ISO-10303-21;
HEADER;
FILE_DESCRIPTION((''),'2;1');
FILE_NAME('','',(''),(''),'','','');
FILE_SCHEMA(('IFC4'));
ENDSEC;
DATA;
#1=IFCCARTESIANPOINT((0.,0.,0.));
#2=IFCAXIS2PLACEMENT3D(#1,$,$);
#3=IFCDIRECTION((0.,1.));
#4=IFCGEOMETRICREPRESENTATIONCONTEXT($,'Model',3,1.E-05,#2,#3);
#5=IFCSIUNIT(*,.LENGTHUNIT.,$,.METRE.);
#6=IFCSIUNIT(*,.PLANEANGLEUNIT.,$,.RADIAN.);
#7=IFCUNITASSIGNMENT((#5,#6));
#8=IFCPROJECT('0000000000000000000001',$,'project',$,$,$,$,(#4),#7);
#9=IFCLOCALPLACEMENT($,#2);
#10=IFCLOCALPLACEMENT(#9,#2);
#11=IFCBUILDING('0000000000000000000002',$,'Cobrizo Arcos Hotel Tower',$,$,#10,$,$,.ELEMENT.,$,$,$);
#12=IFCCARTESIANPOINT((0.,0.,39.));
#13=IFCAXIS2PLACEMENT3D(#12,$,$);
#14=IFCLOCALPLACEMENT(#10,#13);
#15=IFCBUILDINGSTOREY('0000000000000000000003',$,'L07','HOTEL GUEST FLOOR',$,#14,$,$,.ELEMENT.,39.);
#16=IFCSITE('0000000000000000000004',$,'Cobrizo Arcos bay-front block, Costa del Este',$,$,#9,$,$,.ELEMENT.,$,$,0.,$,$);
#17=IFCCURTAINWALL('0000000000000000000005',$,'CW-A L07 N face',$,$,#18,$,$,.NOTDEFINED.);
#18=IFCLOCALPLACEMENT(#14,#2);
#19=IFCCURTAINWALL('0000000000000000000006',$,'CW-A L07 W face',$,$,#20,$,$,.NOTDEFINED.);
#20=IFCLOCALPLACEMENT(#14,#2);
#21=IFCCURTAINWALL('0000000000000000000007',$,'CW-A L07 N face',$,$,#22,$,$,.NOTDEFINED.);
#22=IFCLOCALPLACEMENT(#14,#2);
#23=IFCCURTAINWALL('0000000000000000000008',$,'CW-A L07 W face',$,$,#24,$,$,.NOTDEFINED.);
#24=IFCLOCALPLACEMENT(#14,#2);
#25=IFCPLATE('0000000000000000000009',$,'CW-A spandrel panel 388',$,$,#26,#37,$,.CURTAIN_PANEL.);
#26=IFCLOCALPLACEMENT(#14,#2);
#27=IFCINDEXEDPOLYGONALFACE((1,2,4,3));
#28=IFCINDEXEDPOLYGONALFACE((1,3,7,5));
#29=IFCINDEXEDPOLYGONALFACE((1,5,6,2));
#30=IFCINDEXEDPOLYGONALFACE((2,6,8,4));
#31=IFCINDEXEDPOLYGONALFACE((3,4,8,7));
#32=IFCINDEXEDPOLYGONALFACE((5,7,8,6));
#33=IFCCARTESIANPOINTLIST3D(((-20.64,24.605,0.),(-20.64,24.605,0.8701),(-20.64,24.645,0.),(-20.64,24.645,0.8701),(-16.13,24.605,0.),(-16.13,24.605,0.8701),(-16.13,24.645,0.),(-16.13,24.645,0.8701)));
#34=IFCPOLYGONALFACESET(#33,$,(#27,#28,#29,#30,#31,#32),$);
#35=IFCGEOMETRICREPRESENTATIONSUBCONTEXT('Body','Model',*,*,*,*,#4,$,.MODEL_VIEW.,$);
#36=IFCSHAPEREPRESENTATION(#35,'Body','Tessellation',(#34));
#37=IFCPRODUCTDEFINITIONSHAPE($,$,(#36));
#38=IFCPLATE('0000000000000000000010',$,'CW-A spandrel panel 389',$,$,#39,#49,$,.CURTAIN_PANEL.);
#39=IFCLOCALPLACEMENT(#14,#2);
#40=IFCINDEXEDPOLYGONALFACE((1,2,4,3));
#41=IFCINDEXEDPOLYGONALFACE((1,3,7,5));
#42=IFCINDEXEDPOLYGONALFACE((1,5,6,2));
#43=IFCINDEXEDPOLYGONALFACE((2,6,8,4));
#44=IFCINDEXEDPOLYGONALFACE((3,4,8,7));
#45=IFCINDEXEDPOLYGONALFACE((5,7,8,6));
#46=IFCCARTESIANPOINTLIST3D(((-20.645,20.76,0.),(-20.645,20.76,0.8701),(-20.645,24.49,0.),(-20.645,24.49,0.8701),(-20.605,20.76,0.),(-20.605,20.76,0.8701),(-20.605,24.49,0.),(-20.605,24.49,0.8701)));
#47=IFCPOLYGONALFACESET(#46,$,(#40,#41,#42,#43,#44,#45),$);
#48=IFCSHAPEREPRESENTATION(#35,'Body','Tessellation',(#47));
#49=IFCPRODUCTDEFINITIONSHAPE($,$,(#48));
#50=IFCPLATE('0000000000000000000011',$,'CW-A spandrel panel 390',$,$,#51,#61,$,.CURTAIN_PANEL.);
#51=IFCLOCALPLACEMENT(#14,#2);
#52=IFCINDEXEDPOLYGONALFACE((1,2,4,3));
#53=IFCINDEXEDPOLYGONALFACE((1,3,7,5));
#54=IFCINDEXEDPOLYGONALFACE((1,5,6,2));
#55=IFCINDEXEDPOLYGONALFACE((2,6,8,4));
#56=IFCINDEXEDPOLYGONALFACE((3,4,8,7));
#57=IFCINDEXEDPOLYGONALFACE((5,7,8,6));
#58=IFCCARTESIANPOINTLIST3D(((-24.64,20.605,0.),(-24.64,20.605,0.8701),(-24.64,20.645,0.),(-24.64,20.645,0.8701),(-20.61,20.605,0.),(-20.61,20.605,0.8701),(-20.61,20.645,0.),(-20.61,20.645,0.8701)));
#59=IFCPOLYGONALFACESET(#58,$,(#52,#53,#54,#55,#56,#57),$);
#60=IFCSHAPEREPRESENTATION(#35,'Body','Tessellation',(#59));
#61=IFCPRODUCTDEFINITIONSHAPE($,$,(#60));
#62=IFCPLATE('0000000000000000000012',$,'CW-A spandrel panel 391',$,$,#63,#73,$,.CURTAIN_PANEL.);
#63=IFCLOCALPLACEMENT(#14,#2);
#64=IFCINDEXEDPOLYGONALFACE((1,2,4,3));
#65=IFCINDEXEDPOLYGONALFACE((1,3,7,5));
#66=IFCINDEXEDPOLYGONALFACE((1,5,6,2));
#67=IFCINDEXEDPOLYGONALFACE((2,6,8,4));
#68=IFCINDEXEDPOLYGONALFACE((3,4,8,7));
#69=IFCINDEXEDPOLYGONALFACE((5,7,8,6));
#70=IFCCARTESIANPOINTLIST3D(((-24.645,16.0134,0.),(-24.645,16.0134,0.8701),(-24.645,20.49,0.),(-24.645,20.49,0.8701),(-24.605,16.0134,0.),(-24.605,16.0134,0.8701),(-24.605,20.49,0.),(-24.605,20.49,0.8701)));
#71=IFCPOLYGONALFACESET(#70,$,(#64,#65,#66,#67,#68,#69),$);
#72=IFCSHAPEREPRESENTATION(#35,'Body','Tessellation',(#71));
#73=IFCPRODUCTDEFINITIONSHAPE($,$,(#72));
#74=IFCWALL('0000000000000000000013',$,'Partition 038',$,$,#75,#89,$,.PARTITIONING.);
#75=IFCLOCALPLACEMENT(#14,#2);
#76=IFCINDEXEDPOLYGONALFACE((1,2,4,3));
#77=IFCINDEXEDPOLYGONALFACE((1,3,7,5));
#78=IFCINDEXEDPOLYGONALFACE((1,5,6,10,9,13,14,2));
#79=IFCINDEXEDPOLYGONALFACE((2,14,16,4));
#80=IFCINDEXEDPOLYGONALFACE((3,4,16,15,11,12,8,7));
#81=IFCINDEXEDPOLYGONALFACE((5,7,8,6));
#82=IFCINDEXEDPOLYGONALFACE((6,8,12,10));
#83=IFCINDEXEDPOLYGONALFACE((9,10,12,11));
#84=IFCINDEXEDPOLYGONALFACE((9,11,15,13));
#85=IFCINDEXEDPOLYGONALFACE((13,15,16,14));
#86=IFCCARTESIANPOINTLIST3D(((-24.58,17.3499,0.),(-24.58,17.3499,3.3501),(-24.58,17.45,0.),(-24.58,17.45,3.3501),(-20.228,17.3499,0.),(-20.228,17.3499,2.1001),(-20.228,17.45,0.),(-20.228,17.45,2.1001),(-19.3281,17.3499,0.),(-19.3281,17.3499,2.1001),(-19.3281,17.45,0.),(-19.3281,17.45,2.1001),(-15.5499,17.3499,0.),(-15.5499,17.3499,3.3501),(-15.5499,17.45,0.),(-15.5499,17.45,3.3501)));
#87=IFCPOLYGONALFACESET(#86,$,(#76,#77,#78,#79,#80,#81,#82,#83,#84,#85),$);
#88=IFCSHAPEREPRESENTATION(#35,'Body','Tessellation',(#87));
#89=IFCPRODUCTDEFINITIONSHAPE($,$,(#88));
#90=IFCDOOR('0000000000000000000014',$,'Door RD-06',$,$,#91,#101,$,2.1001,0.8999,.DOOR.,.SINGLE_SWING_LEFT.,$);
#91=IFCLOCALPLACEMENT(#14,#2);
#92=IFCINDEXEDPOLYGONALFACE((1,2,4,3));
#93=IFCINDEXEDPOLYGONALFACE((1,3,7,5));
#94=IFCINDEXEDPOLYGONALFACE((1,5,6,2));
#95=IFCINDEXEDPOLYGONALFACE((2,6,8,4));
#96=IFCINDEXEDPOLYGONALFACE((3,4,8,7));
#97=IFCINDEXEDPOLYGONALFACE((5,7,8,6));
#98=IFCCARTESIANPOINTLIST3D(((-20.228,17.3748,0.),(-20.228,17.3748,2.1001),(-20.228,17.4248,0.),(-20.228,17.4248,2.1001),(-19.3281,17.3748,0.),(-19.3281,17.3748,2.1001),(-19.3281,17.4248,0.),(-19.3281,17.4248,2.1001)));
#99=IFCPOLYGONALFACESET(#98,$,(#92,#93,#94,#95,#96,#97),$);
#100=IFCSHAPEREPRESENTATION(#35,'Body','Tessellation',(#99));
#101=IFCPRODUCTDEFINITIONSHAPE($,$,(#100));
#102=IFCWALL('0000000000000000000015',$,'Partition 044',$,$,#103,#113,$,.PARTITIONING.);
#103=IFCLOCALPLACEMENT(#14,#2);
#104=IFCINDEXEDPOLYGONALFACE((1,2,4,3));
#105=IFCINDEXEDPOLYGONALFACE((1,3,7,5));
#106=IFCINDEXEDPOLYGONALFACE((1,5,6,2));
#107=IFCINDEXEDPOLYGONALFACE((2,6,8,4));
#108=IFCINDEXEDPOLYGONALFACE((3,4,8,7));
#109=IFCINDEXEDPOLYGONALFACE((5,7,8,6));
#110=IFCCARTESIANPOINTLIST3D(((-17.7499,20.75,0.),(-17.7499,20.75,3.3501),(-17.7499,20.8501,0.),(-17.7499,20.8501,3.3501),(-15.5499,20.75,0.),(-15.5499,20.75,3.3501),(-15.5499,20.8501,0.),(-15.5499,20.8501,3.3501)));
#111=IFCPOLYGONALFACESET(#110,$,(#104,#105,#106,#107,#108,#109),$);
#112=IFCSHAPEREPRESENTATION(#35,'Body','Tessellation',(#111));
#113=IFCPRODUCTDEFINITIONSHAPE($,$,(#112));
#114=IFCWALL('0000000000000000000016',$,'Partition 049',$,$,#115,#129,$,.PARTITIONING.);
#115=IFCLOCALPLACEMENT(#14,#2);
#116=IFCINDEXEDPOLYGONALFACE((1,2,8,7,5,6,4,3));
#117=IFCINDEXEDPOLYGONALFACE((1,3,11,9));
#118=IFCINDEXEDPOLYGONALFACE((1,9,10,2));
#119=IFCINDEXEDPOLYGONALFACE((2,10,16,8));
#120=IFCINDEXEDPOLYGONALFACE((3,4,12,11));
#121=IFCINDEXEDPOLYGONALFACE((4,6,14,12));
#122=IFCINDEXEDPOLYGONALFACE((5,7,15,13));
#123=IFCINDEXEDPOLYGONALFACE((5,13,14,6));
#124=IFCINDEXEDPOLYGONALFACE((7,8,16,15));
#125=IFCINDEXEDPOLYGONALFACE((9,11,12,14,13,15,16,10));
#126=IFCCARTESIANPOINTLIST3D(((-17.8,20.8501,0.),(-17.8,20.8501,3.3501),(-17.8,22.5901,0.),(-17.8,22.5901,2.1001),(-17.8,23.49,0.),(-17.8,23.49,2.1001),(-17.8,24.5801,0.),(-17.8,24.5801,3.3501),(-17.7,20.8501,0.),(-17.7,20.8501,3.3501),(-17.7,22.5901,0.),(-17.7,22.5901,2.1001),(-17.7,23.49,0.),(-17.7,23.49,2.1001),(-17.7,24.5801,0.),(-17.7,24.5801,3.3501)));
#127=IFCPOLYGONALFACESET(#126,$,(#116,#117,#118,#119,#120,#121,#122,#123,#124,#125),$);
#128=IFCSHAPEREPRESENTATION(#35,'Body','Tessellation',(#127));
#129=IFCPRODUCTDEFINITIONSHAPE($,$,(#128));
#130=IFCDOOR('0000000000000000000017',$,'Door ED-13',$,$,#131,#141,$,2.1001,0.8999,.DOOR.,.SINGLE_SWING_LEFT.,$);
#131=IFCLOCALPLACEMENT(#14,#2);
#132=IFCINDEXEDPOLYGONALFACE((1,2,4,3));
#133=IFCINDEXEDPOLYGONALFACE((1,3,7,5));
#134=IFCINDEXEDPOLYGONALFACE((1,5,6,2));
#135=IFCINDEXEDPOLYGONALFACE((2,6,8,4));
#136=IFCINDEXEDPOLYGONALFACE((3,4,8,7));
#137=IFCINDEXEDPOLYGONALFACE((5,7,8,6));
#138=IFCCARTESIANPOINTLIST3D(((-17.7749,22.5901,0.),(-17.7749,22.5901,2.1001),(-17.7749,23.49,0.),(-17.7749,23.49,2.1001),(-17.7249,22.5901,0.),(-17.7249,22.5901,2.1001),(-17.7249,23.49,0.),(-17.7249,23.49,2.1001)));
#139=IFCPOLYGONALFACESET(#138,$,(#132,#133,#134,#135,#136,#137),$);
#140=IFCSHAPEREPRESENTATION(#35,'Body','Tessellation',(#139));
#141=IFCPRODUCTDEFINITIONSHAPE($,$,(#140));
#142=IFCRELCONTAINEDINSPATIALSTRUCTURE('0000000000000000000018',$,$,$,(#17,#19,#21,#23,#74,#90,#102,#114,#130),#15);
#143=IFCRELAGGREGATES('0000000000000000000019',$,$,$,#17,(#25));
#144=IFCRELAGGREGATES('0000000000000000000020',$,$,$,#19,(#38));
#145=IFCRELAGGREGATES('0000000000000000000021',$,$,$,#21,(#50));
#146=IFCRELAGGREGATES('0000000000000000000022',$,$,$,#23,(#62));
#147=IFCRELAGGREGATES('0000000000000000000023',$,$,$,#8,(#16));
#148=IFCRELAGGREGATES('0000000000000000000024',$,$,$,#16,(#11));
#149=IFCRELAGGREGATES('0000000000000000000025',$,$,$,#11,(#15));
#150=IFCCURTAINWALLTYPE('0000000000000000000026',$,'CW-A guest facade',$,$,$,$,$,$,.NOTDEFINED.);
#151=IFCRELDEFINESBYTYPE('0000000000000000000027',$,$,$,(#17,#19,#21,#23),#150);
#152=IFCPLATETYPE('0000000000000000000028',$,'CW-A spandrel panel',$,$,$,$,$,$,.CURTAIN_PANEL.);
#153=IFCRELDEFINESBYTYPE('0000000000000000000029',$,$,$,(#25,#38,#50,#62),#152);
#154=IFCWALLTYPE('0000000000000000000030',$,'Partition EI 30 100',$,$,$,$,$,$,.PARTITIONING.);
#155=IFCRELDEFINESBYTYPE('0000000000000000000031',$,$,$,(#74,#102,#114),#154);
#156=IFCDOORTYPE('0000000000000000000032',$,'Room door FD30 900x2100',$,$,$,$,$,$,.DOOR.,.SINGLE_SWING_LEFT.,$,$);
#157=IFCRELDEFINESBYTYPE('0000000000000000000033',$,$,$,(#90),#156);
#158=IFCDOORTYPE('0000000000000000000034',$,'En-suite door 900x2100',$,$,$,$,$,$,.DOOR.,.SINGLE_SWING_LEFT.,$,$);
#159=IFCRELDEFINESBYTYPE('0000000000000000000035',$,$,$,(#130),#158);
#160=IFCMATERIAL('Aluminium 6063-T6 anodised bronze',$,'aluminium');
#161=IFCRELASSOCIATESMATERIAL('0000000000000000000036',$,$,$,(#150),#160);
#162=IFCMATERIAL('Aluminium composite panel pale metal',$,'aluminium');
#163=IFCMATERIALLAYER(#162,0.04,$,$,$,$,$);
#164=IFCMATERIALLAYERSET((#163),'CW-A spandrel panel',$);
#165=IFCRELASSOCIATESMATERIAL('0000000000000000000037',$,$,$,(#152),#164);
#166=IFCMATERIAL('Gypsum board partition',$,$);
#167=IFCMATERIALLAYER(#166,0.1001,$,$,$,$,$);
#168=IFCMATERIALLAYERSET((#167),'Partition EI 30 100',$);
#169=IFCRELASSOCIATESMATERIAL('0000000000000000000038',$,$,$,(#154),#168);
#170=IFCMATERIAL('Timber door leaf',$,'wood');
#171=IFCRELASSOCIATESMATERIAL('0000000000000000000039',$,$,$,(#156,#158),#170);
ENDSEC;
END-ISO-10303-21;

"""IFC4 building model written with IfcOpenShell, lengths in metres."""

from ifc_helpers import new_model, si_unit, direction, frame, frame_2d, origin, origin_2d, place, context, subcontext, project, spatial, rectangle, extrude, material, layer, layer_set, type_object, element, fill, aggregate, save


model = new_model("IFC4")

# Units and contexts
model_context = context("Model", 3, precision=1e-05, world=origin(), true_north=direction((0.0, 1.0)))
body_context = subcontext(model_context, "Body", "Model", "MODEL_VIEW")
ifc_project = project(units=[si_unit("LENGTHUNIT", "METRE"), si_unit("PLANEANGLEUNIT", "RADIAN")], contexts=[model_context])

# Site, building, storey
site_placement = place(None, origin())
site = spatial("IfcSite", under=ifc_project, at=site_placement, Name="Cobrizo Arcos bay-front block, Costa del Este", CompositionType="ELEMENT", RefElevation=0.0)
building_placement = place(site_placement, origin())
building = spatial("IfcBuilding", under=site, at=building_placement, Name="Cobrizo Arcos Hotel Tower", CompositionType="ELEMENT")
storey_placement = place(building_placement, frame((0.0, 0.0, 39.0)))
storey = spatial("IfcBuildingStorey", under=building, at=storey_placement, Name="L07", Description="HOTEL GUEST FLOOR", CompositionType="ELEMENT", Elevation=39.0)

# Curtain wall
ifc_material_1 = material(Name="Aluminium 6063-T6 anodised bronze", Category="aluminium")
curtain_wall_type = type_object("IfcCurtainWallType", Name="CW-A guest facade", PredefinedType="NOTDEFINED", material=ifc_material_1)
curtain_wall_1_placement = place(storey_placement, origin())
curtain_wall_1 = element("IfcCurtainWall", 1, at=curtain_wall_1_placement, inside=storey, type_object=curtain_wall_type, Name="CW-A L07 N face", PredefinedType="NOTDEFINED")

# Curtain walls
curtain_wall_2_placement = place(storey_placement, origin())
curtain_wall_2 = element("IfcCurtainWall", 2, at=curtain_wall_2_placement, inside=storey, type_object=curtain_wall_type, Name="CW-A L07 W face", PredefinedType="NOTDEFINED")
curtain_wall_3_placement = place(storey_placement, origin())
curtain_wall_3 = element("IfcCurtainWall", 3, at=curtain_wall_3_placement, inside=storey, type_object=curtain_wall_type, Name="CW-A L07 N face", PredefinedType="NOTDEFINED")
curtain_wall_4_placement = place(storey_placement, origin())
curtain_wall_4 = element("IfcCurtainWall", 4, at=curtain_wall_4_placement, inside=storey, type_object=curtain_wall_type, Name="CW-A L07 W face", PredefinedType="NOTDEFINED")

# Plates
ifc_material_2 = material(Name="Aluminium composite panel pale metal", Category="aluminium")
ifc_layer_1 = layer(ifc_material_2, 0.04)
ifc_layer_set_1 = layer_set([ifc_layer_1], Name="CW-A spandrel panel")
plate_type_1 = type_object("IfcPlateType", Name="CW-A spandrel panel", PredefinedType="CURTAIN_PANEL", material=ifc_layer_set_1)
plate_1_placement = place(storey_placement, frame((-18.385, 24.625, 0.0), z_axis=(0.0, 0.0, 1.0), x_axis=(-1.0, 0.0, 0.0)))
plate_1 = element("IfcPlate", 5, at=plate_1_placement, type_object=plate_type_1, Name="CW-A spandrel panel 388", PredefinedType="CURTAIN_PANEL", context=body_context, shape_type="SweptSolid", body=[
    extrude(rectangle(XDim=4.51, YDim=0.04, at=origin_2d()), origin(), (0.0, 0.0, 1.0), 0.8701),
])
aggregate(curtain_wall_1, [plate_1])
plate_2_placement = place(storey_placement, frame((-20.625, 22.625, 0.0), z_axis=(0.0, 0.0, 1.0), x_axis=(0.0, -1.0, 0.0)))
plate_2 = element("IfcPlate", 6, at=plate_2_placement, type_object=plate_type_1, Name="CW-A spandrel panel 389", PredefinedType="CURTAIN_PANEL", context=body_context, shape_type="SweptSolid", body=[
    extrude(rectangle(XDim=3.73, YDim=0.04, at=origin_2d()), origin(), (0.0, 0.0, 1.0), 0.8701),
])
aggregate(curtain_wall_2, [plate_2])
plate_3_placement = place(storey_placement, frame((-22.625, 20.625, 0.0), z_axis=(0.0, 0.0, 1.0), x_axis=(-1.0, 0.0, 0.0)))
plate_3 = element("IfcPlate", 7, at=plate_3_placement, type_object=plate_type_1, Name="CW-A spandrel panel 390", PredefinedType="CURTAIN_PANEL", context=body_context, shape_type="SweptSolid", body=[
    extrude(rectangle(XDim=4.03, YDim=0.04, at=origin_2d()), origin(), (0.0, 0.0, 1.0), 0.8701),
])
aggregate(curtain_wall_3, [plate_3])
plate_4_placement = place(storey_placement, frame((-24.625, 18.2517, 0.0), z_axis=(0.0, 0.0, 1.0), x_axis=(0.0, -1.0, 0.0)))
plate_4 = element("IfcPlate", 8, at=plate_4_placement, type_object=plate_type_1, Name="CW-A spandrel panel 391", PredefinedType="CURTAIN_PANEL", context=body_context, shape_type="SweptSolid", body=[
    extrude(rectangle(XDim=4.4766, YDim=0.04, at=origin_2d()), origin(), (0.0, 0.0, 1.0), 0.8701),
])
aggregate(curtain_wall_4, [plate_4])

# Wall, opening, door
ifc_material_3 = material(Name="Gypsum board partition")
ifc_layer_2 = layer(ifc_material_3, 0.1001)
ifc_layer_set_2 = layer_set([ifc_layer_2], Name="Partition EI 30 100")
wall_type = type_object("IfcWallType", Name="Partition EI 30 100", PredefinedType="PARTITIONING", material=ifc_layer_set_2)
wall_1_placement = place(storey_placement, frame((-24.5801, 17.3999, 0.0), z_axis=(0.0, 0.0, 1.0), x_axis=(1.0, 0.0, 0.0)))
wall_1 = element("IfcWall", 9, at=wall_1_placement, inside=storey, type_object=wall_type, Name="Partition 038", PredefinedType="PARTITIONING", context=body_context, shape_type="SweptSolid", body=[
    extrude(rectangle(XDim=9.03, YDim=0.1001, at=frame_2d((4.5151, 0.0))), origin(), (0.0, 0.0, 1.0), 3.3501),
])
opening_1_placement = place(wall_1_placement, frame((4.3521, 0.0, 0.0)))
opening_1 = element("IfcOpeningElement", 10, at=opening_1_placement, cuts=wall_1, PredefinedType="OPENING", context=body_context, shape_type="SweptSolid", body=[
    extrude(rectangle(XDim=0.8999, YDim=2.1001, at=frame_2d((0.45, 1.05))), frame((0.0, 0.062, 0.0), z_axis=(0.0, -1.0, 0.0), x_axis=(1.0, 0.0, 0.0)), (0.0, 0.0, 1.0), 0.124),
])
ifc_material_4 = material(Name="Timber door leaf", Category="wood")
door_type_1 = type_object("IfcDoorType", Name="Room door FD30 900x2100", OperationType="SINGLE_SWING_LEFT", PredefinedType="DOOR", material=ifc_material_4)
door_1_placement = place(opening_1_placement, origin())
door_1 = element("IfcDoor", 11, at=door_1_placement, inside=storey, type_object=door_type_1, Name="Door RD-06", OperationType="SINGLE_SWING_LEFT", OverallHeight=2.1001, OverallWidth=0.8999, PredefinedType="DOOR", context=body_context, shape_type="SweptSolid", body=[
    extrude(rectangle(XDim=0.8999, YDim=2.1001, at=frame_2d((0.45, 1.05))), frame((0.0, 0.0249, 0.0), z_axis=(0.0, -1.0, 0.0), x_axis=(1.0, 0.0, 0.0)), (0.0, 0.0, 1.0), 0.05),
])
fill(opening_1, door_1)

# Wall
wall_2_placement = place(storey_placement, frame((-17.75, 20.8, 0.0), z_axis=(0.0, 0.0, 1.0), x_axis=(1.0, 0.0, 0.0)))
element("IfcWall", 12, at=wall_2_placement, inside=storey, type_object=wall_type, Name="Partition 044", PredefinedType="PARTITIONING", context=body_context, shape_type="SweptSolid", body=[
    extrude(rectangle(XDim=2.2, YDim=0.1001, at=frame_2d((1.1001, 0.0))), origin(), (0.0, 0.0, 1.0), 3.3501),
])

# Wall, opening, door
wall_3_placement = place(storey_placement, frame((-17.75, 20.8501, 0.0), z_axis=(0.0, 0.0, 1.0), x_axis=(0.0, 1.0, 0.0)))
wall_3 = element("IfcWall", 13, at=wall_3_placement, inside=storey, type_object=wall_type, Name="Partition 049", PredefinedType="PARTITIONING", context=body_context, shape_type="SweptSolid", body=[
    extrude(rectangle(XDim=3.73, YDim=0.1001, at=frame_2d((1.865, 0.0))), origin(), (0.0, 0.0, 1.0), 3.3501),
])
opening_2_placement = place(wall_3_placement, frame((1.74, 0.0, 0.0)))
opening_2 = element("IfcOpeningElement", 14, at=opening_2_placement, cuts=wall_3, PredefinedType="OPENING", context=body_context, shape_type="SweptSolid", body=[
    extrude(rectangle(XDim=0.8999, YDim=2.1001, at=frame_2d((0.45, 1.05))), frame((0.0, 0.062, 0.0), z_axis=(0.0, -1.0, 0.0), x_axis=(1.0, 0.0, 0.0)), (0.0, 0.0, 1.0), 0.124),
])
door_type_2 = type_object("IfcDoorType", Name="En-suite door 900x2100", OperationType="SINGLE_SWING_LEFT", PredefinedType="DOOR", material=ifc_material_4)
door_2_placement = place(opening_2_placement, origin())
door_2 = element("IfcDoor", 15, at=door_2_placement, inside=storey, type_object=door_type_2, Name="Door ED-13", OperationType="SINGLE_SWING_LEFT", OverallHeight=2.1001, OverallWidth=0.8999, PredefinedType="DOOR", context=body_context, shape_type="SweptSolid", body=[
    extrude(rectangle(XDim=0.8999, YDim=2.1001, at=frame_2d((0.45, 1.05))), frame((0.0, 0.0249, 0.0), z_axis=(0.0, -1.0, 0.0), x_axis=(1.0, 0.0, 0.0)), (0.0, 0.0, 1.0), 0.05),
])
fill(opening_2, door_2)

save(model, "model.ifc")
